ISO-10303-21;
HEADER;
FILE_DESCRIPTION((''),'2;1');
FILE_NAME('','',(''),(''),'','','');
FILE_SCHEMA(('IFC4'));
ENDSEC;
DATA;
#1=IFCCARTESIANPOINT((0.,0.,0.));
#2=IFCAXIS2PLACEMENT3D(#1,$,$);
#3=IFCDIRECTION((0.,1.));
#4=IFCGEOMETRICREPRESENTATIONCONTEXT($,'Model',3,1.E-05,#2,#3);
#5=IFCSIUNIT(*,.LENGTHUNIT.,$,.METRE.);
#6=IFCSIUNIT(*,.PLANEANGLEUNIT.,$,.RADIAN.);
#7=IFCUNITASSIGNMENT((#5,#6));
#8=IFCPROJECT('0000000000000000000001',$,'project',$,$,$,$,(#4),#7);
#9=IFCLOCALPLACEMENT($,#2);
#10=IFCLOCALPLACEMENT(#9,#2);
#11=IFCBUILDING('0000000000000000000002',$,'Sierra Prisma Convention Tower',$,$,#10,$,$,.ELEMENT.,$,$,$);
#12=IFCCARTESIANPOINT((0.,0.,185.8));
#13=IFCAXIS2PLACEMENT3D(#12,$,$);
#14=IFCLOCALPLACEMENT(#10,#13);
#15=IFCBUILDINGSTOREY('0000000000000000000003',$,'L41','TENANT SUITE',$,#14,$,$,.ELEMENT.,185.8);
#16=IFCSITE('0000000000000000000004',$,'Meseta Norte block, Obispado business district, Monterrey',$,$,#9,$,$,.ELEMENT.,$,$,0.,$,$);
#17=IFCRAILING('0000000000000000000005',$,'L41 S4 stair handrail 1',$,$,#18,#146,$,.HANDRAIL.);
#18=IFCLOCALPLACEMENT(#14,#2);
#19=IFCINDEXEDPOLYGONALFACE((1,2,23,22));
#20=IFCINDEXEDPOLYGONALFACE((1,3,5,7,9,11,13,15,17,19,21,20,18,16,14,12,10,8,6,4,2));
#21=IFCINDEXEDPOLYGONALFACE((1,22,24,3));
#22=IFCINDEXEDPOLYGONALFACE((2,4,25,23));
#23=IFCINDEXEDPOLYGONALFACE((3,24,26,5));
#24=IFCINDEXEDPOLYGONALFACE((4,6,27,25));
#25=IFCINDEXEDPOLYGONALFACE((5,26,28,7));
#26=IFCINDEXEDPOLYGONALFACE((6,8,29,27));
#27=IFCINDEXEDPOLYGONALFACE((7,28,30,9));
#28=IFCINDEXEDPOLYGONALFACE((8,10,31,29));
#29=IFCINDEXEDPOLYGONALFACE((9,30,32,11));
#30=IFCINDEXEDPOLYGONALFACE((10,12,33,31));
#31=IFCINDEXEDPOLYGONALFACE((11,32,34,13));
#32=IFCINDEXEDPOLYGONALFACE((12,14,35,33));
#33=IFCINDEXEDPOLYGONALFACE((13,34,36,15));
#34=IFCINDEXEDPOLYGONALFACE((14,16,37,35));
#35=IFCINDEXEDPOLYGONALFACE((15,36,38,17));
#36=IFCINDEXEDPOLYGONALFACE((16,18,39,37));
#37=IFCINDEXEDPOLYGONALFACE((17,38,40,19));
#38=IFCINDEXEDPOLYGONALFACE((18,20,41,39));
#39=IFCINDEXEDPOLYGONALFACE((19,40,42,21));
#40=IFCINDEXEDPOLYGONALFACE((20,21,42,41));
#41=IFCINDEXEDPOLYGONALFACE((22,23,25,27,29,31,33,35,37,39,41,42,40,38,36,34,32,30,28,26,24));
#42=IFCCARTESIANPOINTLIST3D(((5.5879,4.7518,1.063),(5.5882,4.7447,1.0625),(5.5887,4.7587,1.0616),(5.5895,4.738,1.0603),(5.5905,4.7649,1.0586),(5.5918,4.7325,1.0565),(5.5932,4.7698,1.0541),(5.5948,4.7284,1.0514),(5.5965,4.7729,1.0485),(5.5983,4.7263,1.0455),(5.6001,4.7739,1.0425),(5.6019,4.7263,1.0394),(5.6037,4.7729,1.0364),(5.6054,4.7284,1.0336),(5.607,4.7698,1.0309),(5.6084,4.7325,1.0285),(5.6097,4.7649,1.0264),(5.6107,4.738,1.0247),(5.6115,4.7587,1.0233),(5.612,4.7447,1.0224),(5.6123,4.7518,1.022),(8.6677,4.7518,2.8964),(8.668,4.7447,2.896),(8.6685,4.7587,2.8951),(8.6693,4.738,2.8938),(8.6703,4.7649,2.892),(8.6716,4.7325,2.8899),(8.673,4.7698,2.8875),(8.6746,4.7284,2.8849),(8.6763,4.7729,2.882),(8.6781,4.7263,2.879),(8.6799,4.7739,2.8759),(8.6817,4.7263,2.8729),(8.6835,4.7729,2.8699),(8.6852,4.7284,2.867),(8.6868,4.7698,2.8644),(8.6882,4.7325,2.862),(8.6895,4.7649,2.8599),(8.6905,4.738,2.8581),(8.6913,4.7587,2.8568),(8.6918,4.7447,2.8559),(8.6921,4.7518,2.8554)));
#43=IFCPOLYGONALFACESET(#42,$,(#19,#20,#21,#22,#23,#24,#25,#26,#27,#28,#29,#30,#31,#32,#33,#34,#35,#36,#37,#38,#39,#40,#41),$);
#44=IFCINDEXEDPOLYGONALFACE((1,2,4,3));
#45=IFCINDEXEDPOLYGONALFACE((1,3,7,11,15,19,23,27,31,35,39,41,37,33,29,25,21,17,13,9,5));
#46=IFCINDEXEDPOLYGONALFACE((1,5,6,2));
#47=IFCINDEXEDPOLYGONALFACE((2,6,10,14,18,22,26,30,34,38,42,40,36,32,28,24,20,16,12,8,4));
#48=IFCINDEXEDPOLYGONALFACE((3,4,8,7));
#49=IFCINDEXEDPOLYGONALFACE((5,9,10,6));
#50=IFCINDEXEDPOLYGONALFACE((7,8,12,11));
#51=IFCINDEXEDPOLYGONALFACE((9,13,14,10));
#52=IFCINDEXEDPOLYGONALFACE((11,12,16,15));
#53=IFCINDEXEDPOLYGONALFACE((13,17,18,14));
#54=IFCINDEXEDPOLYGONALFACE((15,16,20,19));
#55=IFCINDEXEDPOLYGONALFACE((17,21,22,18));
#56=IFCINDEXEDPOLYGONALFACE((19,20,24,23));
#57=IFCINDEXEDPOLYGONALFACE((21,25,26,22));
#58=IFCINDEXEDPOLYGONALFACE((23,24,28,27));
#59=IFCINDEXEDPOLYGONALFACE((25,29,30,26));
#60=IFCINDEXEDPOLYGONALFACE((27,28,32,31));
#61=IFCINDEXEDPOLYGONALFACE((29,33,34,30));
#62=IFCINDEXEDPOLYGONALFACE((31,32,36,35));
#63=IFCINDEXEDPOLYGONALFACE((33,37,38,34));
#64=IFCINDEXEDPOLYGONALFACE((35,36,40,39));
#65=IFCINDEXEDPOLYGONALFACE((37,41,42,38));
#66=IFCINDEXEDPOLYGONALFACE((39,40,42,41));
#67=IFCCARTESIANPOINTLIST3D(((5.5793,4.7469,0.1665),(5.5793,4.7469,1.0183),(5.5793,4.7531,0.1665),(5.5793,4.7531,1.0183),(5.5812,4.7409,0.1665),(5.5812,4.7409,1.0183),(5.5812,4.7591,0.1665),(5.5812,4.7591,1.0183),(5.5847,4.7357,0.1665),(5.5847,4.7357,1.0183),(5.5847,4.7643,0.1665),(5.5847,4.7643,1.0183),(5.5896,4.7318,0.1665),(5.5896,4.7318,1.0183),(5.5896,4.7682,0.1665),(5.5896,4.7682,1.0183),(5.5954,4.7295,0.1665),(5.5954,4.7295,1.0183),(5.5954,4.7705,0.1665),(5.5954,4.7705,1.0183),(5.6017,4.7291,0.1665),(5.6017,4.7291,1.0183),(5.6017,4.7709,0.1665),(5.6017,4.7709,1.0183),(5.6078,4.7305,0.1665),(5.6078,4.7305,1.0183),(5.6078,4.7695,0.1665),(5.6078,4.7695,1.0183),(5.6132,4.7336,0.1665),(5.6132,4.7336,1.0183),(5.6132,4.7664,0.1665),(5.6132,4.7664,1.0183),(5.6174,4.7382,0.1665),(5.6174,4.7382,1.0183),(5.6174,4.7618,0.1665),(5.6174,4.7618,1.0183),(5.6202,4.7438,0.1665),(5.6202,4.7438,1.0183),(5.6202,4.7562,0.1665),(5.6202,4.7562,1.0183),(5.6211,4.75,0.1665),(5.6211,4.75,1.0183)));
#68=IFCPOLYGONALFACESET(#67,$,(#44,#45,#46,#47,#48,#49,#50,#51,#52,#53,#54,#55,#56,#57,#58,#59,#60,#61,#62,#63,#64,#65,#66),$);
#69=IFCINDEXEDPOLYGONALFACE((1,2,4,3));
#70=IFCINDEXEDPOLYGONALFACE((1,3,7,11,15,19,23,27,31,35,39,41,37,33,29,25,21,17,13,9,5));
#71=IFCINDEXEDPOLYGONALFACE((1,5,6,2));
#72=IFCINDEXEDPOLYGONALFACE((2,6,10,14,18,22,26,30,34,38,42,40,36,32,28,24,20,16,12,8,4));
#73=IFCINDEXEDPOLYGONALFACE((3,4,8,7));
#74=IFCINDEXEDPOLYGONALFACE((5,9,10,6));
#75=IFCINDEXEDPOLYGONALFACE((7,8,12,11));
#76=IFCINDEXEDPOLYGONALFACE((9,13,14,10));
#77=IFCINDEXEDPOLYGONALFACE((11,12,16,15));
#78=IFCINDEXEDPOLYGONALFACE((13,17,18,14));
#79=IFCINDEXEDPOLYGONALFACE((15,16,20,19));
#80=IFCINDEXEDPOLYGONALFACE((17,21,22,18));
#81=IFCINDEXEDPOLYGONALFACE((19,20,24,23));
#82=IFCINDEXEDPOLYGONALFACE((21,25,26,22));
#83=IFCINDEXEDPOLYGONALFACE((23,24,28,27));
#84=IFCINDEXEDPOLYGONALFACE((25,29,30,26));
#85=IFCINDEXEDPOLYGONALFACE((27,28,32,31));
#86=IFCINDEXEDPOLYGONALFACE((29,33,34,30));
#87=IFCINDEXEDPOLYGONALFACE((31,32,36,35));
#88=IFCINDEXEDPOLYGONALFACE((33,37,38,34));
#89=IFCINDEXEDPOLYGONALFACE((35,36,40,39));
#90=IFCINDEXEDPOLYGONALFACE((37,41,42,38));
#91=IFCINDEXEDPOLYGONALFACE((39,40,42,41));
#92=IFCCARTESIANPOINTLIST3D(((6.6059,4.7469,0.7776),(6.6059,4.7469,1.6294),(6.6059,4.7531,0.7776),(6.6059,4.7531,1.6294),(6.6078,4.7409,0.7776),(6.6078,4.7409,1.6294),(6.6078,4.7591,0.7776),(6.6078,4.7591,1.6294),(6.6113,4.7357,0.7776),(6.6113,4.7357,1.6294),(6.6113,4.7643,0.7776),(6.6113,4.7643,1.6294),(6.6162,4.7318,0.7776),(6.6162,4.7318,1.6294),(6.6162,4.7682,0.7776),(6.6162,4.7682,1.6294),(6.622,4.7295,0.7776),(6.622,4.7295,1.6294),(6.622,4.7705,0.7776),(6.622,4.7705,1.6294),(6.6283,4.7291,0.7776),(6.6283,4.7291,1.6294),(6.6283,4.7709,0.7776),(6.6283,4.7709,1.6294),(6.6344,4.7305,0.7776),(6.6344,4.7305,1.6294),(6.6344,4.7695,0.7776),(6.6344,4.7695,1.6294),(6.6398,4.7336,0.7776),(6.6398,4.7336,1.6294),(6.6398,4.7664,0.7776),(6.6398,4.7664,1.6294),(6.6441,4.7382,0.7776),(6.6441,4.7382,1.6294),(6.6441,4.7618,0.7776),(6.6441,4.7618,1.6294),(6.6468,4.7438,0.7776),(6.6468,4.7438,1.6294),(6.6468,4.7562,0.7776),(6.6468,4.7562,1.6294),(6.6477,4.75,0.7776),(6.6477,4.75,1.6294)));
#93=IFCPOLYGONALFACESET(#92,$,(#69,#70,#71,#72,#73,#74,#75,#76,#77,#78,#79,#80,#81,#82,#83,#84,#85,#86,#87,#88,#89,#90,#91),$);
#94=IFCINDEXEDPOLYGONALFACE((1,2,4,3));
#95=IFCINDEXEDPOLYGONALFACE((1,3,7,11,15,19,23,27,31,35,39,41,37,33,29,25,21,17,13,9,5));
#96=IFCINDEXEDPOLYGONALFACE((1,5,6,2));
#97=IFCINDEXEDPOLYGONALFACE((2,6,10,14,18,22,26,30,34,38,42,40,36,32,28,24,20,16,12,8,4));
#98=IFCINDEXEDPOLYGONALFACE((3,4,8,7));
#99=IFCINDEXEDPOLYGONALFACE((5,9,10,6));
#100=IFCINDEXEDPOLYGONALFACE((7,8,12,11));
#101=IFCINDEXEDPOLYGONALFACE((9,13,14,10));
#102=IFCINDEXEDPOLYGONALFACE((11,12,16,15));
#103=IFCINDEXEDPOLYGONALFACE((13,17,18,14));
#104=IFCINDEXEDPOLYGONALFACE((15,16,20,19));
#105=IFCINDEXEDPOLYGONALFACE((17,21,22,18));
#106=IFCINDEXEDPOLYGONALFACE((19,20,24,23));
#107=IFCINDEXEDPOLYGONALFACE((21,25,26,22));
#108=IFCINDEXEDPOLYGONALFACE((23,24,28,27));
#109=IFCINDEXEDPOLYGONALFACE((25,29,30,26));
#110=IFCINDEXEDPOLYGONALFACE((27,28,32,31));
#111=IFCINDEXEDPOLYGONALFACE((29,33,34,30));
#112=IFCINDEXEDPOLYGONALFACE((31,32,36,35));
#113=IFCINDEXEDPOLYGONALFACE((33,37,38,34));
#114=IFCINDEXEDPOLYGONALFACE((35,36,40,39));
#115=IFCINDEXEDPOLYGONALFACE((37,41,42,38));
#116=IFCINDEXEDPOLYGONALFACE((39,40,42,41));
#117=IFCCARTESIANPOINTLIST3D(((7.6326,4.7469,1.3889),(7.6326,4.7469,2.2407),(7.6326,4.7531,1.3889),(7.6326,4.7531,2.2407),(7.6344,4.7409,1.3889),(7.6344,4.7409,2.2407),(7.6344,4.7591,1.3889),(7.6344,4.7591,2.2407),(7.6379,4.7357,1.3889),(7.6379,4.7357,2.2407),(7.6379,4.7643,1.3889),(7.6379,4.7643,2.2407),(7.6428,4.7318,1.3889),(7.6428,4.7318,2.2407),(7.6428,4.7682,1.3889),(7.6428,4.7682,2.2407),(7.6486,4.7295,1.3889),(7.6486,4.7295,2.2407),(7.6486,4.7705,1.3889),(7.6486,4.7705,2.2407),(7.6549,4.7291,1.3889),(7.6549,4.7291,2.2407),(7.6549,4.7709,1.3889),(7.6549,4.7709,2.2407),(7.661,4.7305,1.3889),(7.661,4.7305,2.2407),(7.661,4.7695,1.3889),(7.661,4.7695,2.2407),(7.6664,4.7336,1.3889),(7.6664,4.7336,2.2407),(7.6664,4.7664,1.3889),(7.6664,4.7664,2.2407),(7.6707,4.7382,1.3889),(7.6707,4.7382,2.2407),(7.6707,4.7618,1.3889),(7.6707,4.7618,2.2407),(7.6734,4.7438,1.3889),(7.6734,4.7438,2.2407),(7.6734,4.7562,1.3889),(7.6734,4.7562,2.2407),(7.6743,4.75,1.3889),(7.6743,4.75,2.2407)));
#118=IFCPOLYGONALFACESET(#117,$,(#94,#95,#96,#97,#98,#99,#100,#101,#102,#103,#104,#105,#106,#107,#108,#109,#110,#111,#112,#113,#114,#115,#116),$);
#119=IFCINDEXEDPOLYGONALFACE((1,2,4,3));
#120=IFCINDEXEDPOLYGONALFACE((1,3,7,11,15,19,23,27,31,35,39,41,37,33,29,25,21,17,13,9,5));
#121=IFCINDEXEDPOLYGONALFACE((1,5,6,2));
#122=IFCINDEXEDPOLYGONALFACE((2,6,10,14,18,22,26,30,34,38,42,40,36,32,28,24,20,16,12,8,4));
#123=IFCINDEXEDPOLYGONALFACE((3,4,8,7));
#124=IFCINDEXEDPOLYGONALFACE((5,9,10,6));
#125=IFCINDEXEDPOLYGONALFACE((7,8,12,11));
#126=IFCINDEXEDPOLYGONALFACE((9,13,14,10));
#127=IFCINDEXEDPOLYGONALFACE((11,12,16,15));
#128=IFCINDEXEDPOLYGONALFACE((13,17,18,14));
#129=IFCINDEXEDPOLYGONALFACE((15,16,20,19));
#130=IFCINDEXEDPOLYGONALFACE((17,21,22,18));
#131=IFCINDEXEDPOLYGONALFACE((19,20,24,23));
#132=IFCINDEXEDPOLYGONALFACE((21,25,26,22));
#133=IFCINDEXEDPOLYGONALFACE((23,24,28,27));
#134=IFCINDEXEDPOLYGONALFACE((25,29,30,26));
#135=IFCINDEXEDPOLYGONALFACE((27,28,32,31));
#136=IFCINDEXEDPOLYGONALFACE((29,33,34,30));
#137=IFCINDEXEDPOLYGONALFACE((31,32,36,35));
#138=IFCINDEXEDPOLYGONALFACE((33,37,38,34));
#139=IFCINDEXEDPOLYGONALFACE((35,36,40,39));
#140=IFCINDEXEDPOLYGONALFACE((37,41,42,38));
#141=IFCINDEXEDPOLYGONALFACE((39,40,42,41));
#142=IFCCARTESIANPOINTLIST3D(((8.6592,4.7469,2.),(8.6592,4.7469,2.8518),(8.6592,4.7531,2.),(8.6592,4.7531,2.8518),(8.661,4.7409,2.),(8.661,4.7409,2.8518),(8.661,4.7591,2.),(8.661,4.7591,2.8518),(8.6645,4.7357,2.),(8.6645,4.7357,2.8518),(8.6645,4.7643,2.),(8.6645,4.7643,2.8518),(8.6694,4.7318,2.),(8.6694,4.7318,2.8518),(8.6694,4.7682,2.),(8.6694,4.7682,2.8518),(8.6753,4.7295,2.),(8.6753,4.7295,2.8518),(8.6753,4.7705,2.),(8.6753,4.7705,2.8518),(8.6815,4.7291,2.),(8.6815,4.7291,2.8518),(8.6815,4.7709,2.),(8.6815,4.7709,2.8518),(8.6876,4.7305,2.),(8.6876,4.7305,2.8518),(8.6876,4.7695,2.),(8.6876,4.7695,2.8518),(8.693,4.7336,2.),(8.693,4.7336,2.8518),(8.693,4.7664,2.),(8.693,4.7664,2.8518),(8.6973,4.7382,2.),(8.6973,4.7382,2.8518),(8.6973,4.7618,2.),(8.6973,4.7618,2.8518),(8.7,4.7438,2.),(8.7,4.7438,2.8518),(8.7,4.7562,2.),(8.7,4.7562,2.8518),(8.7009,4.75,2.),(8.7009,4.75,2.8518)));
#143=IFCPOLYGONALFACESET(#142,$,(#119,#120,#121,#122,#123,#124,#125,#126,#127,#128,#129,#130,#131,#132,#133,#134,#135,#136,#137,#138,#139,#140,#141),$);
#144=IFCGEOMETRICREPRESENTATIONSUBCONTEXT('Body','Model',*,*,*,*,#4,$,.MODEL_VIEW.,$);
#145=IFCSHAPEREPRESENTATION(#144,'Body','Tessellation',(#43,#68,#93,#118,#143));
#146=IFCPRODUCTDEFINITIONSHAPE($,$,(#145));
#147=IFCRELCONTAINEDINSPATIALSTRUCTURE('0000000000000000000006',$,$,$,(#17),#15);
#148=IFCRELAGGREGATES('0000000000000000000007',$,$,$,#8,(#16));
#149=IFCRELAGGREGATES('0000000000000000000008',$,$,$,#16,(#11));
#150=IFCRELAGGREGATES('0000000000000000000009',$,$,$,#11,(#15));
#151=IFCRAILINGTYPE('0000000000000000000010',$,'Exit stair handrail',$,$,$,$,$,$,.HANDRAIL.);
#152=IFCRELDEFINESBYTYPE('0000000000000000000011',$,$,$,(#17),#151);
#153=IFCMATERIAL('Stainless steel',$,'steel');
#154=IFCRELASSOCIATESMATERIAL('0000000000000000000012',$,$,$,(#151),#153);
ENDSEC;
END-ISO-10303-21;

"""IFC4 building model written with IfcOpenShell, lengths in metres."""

from ifc_helpers import new_model, si_unit, direction, frame, origin, origin_2d, place, context, subcontext, project, spatial, circle, extrude, material, type_object, element, save


model = new_model("IFC4")

# Units and contexts
model_context = context("Model", 3, precision=1e-05, world=origin(), true_north=direction((0.0, 1.0)))
body_context = subcontext(model_context, "Body", "Model", "MODEL_VIEW")
ifc_project = project(units=[si_unit("LENGTHUNIT", "METRE"), si_unit("PLANEANGLEUNIT", "RADIAN")], contexts=[model_context])

# Site, building, storey
site_placement = place(None, origin())
site = spatial("IfcSite", under=ifc_project, at=site_placement, Name="Meseta Norte block, Obispado business district, Monterrey", CompositionType="ELEMENT", RefElevation=0.0)
building_placement = place(site_placement, origin())
building = spatial("IfcBuilding", under=site, at=building_placement, Name="Sierra Prisma Convention Tower", CompositionType="ELEMENT")
storey_placement = place(building_placement, frame((0.0, 0.0, 185.8)))
storey = spatial("IfcBuildingStorey", under=building, at=storey_placement, Name="L41", Description="TENANT SUITE", CompositionType="ELEMENT", Elevation=185.8)

# Railing
ifc_material_1 = material(Name="Stainless steel", Category="steel")
railing_type_1 = type_object("IfcRailingType", Name="Exit stair handrail", PredefinedType="HANDRAIL", material=ifc_material_1)
railing_1_placement = place(storey_placement, frame((5.6001, 4.75, 0.1665)))
element("IfcRailing", 1, at=railing_1_placement, inside=storey, type_object=railing_type_1, Name="L41 S4 stair handrail 1", PredefinedType="HANDRAIL", context=body_context, shape_type="SweptSolid", body=[
    extrude(circle(Radius=0.0239, at=origin_2d()), frame((0.0, 0.0, 0.876), z_axis=(0.859261, 0.0, 0.511538), x_axis=(0.0, 1.0, 0.0)), (0.0, 0.0, 1.0), 3.5842),
    extrude(circle(Radius=0.021, at=origin_2d()), origin(), (0.0, 0.0, 1.0), 0.8518),
    extrude(circle(Radius=0.021, at=origin_2d()), frame((1.0266, 0.0, 0.6111)), (0.0, 0.0, 1.0), 0.8518),
    extrude(circle(Radius=0.021, at=origin_2d()), frame((2.0532, 0.0, 1.2224)), (0.0, 0.0, 1.0), 0.8518),
    extrude(circle(Radius=0.021, at=origin_2d()), frame((3.0798, 0.0, 1.8335)), (0.0, 0.0, 1.0), 0.8518),
])

save(model, "model.ifc")
